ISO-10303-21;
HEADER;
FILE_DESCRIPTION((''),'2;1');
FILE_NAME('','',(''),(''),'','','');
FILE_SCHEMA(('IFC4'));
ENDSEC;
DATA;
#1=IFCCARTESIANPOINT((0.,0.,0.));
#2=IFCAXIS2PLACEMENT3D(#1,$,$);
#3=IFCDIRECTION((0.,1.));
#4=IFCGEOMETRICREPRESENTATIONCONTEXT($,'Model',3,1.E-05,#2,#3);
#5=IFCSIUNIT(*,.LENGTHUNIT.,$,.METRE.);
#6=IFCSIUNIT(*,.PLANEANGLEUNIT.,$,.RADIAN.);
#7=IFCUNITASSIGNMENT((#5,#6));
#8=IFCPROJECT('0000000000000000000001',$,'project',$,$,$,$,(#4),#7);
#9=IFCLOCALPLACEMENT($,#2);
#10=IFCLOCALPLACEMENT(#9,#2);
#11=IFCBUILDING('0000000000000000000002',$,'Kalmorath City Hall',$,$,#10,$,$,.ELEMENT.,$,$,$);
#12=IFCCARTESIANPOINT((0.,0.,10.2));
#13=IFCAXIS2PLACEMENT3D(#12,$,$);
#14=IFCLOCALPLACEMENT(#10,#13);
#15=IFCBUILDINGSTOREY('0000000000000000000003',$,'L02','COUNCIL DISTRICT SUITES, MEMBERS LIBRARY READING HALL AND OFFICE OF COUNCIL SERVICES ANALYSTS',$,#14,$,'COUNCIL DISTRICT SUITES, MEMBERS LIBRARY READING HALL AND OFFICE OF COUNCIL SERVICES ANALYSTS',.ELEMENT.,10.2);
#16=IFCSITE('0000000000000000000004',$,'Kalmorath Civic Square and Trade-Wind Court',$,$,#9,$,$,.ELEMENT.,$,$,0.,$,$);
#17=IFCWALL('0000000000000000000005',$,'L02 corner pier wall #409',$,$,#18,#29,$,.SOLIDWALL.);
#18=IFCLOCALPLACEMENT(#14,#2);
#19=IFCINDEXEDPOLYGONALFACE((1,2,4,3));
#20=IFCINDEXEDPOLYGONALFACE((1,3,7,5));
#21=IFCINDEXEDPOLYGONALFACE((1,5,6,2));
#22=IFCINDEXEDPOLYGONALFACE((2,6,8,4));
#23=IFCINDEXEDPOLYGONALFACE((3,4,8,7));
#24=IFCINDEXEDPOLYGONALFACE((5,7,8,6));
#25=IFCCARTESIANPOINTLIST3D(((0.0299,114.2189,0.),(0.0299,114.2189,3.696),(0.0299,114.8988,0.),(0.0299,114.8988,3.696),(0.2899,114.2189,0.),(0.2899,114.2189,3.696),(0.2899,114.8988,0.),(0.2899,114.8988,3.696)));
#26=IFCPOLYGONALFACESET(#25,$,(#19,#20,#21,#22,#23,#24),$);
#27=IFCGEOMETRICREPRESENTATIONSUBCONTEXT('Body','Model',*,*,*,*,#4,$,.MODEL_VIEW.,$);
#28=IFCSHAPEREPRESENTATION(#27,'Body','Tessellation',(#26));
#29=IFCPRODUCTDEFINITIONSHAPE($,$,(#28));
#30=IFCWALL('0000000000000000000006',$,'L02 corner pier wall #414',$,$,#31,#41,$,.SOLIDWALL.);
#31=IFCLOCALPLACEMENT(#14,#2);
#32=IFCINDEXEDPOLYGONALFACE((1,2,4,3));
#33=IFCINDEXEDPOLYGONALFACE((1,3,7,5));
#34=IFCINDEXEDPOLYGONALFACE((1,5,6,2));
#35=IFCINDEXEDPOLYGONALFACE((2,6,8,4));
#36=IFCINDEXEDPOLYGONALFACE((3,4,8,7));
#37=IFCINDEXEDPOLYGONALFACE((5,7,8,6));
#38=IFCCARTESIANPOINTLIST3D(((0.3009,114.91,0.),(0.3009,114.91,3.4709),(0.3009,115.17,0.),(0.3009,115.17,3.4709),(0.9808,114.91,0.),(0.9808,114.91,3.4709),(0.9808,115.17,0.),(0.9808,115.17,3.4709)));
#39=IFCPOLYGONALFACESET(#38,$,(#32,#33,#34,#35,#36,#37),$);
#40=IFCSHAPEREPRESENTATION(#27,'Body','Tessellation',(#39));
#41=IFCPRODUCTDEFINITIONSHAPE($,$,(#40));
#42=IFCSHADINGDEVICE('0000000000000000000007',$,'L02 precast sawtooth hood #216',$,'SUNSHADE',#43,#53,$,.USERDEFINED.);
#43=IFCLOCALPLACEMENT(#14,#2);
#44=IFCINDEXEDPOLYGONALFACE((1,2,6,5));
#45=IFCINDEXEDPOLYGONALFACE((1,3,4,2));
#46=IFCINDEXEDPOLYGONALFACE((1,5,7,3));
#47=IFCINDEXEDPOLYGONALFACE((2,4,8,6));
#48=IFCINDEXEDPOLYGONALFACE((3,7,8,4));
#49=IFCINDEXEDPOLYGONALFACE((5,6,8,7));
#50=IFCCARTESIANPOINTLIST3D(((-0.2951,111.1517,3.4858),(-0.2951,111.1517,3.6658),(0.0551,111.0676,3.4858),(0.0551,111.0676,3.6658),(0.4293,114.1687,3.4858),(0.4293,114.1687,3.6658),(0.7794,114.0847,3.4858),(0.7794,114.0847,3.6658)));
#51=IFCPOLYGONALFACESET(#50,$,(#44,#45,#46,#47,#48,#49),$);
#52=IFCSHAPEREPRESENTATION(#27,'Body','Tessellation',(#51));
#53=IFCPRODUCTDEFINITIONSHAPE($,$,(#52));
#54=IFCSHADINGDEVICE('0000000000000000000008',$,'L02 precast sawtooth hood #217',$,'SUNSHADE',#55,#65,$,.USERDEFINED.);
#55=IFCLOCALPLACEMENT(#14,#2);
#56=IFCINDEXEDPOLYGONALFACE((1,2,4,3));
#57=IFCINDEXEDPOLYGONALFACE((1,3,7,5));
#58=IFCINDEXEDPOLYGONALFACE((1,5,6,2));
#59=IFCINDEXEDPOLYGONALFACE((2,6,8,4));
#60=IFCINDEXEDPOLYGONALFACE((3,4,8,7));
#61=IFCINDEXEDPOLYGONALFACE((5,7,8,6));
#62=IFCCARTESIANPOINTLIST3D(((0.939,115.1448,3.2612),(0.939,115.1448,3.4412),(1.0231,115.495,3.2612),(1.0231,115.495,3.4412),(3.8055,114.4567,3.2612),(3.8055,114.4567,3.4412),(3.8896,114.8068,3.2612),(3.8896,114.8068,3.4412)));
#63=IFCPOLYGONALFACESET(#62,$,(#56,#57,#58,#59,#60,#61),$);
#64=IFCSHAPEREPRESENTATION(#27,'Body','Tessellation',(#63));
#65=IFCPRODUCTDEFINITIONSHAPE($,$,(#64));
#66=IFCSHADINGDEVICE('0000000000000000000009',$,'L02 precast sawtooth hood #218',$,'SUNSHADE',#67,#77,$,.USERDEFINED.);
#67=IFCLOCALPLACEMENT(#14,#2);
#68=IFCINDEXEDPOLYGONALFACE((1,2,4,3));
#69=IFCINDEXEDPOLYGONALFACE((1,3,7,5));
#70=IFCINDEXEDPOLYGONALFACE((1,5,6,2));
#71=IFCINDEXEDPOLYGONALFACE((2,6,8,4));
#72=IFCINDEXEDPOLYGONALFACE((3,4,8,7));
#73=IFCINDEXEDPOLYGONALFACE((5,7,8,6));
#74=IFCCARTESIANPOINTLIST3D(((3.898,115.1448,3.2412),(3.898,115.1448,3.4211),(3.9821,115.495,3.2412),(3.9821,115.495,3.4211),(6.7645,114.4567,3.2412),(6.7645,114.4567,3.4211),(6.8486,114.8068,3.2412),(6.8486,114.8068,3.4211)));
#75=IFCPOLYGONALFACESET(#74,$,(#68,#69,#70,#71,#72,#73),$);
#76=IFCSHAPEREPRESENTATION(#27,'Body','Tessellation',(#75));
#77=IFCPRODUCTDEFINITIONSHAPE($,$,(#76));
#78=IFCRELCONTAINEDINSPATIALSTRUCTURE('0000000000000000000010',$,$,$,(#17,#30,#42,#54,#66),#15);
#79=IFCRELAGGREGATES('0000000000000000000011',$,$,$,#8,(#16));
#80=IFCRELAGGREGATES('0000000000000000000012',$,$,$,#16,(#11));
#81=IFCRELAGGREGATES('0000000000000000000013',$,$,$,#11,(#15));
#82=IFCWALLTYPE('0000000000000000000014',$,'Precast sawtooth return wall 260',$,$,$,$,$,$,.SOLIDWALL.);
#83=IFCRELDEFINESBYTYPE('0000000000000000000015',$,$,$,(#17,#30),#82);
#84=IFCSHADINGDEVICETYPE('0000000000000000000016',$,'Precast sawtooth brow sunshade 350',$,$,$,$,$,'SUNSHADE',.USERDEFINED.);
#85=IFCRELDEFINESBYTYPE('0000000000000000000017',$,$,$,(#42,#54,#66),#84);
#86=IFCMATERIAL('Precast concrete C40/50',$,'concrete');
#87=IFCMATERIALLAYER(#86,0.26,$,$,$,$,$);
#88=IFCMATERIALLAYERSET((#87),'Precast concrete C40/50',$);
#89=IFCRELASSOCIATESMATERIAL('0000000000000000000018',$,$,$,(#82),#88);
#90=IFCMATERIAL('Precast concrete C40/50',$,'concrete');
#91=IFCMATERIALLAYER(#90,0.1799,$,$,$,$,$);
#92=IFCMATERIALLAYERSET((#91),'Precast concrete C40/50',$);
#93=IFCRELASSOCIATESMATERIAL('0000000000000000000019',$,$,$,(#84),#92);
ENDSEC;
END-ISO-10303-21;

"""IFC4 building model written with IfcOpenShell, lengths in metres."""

from ifc_helpers import new_model, si_unit, direction, frame, frame_2d, origin, origin_2d, place, context, subcontext, project, spatial, rectangle, extrude, material, layer, layer_set, type_object, element, save


model = new_model("IFC4")

# Units and contexts
model_context = context("Model", 3, precision=1e-05, world=origin(), true_north=direction((0.0, 1.0)))
body_context = subcontext(model_context, "Body", "Model", "MODEL_VIEW")
ifc_project = project(units=[si_unit("LENGTHUNIT", "METRE"), si_unit("PLANEANGLEUNIT", "RADIAN")], contexts=[model_context])

# Site, building, storey
site_placement = place(None, origin())
site = spatial("IfcSite", under=ifc_project, at=site_placement, Name="Kalmorath Civic Square and Trade-Wind Court", CompositionType="ELEMENT", RefElevation=0.0)
building_placement = place(site_placement, origin())
building = spatial("IfcBuilding", under=site, at=building_placement, Name="Kalmorath City Hall", CompositionType="ELEMENT")
storey_placement = place(building_placement, frame((0.0, 0.0, 10.2)))
storey = spatial("IfcBuildingStorey", under=building, at=storey_placement, Name="L02", Description="COUNCIL DISTRICT SUITES, MEMBERS LIBRARY READING HALL AND OFFICE OF COUNCIL SERVICES ANALYSTS", LongName="COUNCIL DISTRICT SUITES, MEMBERS LIBRARY READING HALL AND OFFICE OF COUNCIL SERVICES ANALYSTS", CompositionType="ELEMENT", Elevation=10.2)

# Walls
ifc_material_1 = material(Name="Precast concrete C40/50", Category="concrete")
ifc_layer_1 = layer(ifc_material_1, 0.26)
ifc_layer_set_1 = layer_set([ifc_layer_1], Name="Precast concrete C40/50")
wall_type_1 = type_object("IfcWallType", Name="Precast sawtooth return wall 260", PredefinedType="SOLIDWALL", material=ifc_layer_set_1)
wall_1_placement = place(storey_placement, frame((0.1599, 114.219, 0.0), z_axis=(0.0, 0.0, 1.0), x_axis=(0.0, 1.0, 0.0)))
element("IfcWall", 1, at=wall_1_placement, inside=storey, type_object=wall_type_1, Name="L02 corner pier wall #409", PredefinedType="SOLIDWALL", context=body_context, shape_type="SweptSolid", body=[
    extrude(rectangle(XDim=0.6799, YDim=0.26, at=frame_2d((0.3398, 0.0))), origin(), (0.0, 0.0, 1.0), 3.696),
])
wall_2_placement = place(storey_placement, frame((0.301, 115.04, 0.0), z_axis=(0.0, 0.0, 1.0), x_axis=(1.0, 0.0, 0.0)))
element("IfcWall", 2, at=wall_2_placement, inside=storey, type_object=wall_type_1, Name="L02 corner pier wall #414", PredefinedType="SOLIDWALL", context=body_context, shape_type="SweptSolid", body=[
    extrude(rectangle(XDim=0.6799, YDim=0.26, at=frame_2d((0.3398, 0.0))), origin(), (0.0, 0.0, 1.0), 3.4709),
])

# Shading devices
ifc_material_2 = material(Name="Precast concrete C40/50", Category="concrete")
ifc_layer_2 = layer(ifc_material_2, 0.1799)
ifc_layer_set_2 = layer_set([ifc_layer_2], Name="Precast concrete C40/50")
shading_device_type = type_object("IfcShadingDeviceType", Name="Precast sawtooth brow sunshade 350", ElementType="SUNSHADE", PredefinedType="USERDEFINED", material=ifc_layer_set_2)
shading_device_placement = place(storey_placement, frame((0.2422, 112.6182, 3.4858), z_axis=(0.0, 0.0, 1.0), x_axis=(0.233445, 0.97237, 0.0)))
element("IfcShadingDevice", 3, at=shading_device_placement, inside=storey, type_object=shading_device_type, Name="L02 precast sawtooth hood #216", ObjectType="SUNSHADE", PredefinedType="USERDEFINED", context=body_context, shape_type="SweptSolid", body=[
    extrude(rectangle(XDim=3.1028, YDim=0.3601, at=origin_2d()), origin(), (0.0, 0.0, 1.0), 0.1799),
])
for number, where, z_axis, x_axis, name in (
    (4, (2.4143, 114.9758, 3.2612), (0.0, 0.0, 1.0), (0.97237, -0.233445, 0.0), "L02 precast sawtooth hood #217"),
    (5, (5.3733, 114.9758, 3.2412), (0.0, 0.0, 1.0), (0.97237, -0.233445, 0.0), "L02 precast sawtooth hood #218"),
):
    element("IfcShadingDevice", number, at=place(storey_placement, frame(where, z_axis=z_axis, x_axis=x_axis)), inside=storey, type_object=shading_device_type, Name=name, ObjectType="SUNSHADE", PredefinedType="USERDEFINED", context=body_context, shape_type="SweptSolid", body=[
        extrude(rectangle(XDim=2.948, YDim=0.3601, at=origin_2d()), origin(), (0.0, 0.0, 1.0), 0.1799),
    ])

save(model, "model.ifc")
